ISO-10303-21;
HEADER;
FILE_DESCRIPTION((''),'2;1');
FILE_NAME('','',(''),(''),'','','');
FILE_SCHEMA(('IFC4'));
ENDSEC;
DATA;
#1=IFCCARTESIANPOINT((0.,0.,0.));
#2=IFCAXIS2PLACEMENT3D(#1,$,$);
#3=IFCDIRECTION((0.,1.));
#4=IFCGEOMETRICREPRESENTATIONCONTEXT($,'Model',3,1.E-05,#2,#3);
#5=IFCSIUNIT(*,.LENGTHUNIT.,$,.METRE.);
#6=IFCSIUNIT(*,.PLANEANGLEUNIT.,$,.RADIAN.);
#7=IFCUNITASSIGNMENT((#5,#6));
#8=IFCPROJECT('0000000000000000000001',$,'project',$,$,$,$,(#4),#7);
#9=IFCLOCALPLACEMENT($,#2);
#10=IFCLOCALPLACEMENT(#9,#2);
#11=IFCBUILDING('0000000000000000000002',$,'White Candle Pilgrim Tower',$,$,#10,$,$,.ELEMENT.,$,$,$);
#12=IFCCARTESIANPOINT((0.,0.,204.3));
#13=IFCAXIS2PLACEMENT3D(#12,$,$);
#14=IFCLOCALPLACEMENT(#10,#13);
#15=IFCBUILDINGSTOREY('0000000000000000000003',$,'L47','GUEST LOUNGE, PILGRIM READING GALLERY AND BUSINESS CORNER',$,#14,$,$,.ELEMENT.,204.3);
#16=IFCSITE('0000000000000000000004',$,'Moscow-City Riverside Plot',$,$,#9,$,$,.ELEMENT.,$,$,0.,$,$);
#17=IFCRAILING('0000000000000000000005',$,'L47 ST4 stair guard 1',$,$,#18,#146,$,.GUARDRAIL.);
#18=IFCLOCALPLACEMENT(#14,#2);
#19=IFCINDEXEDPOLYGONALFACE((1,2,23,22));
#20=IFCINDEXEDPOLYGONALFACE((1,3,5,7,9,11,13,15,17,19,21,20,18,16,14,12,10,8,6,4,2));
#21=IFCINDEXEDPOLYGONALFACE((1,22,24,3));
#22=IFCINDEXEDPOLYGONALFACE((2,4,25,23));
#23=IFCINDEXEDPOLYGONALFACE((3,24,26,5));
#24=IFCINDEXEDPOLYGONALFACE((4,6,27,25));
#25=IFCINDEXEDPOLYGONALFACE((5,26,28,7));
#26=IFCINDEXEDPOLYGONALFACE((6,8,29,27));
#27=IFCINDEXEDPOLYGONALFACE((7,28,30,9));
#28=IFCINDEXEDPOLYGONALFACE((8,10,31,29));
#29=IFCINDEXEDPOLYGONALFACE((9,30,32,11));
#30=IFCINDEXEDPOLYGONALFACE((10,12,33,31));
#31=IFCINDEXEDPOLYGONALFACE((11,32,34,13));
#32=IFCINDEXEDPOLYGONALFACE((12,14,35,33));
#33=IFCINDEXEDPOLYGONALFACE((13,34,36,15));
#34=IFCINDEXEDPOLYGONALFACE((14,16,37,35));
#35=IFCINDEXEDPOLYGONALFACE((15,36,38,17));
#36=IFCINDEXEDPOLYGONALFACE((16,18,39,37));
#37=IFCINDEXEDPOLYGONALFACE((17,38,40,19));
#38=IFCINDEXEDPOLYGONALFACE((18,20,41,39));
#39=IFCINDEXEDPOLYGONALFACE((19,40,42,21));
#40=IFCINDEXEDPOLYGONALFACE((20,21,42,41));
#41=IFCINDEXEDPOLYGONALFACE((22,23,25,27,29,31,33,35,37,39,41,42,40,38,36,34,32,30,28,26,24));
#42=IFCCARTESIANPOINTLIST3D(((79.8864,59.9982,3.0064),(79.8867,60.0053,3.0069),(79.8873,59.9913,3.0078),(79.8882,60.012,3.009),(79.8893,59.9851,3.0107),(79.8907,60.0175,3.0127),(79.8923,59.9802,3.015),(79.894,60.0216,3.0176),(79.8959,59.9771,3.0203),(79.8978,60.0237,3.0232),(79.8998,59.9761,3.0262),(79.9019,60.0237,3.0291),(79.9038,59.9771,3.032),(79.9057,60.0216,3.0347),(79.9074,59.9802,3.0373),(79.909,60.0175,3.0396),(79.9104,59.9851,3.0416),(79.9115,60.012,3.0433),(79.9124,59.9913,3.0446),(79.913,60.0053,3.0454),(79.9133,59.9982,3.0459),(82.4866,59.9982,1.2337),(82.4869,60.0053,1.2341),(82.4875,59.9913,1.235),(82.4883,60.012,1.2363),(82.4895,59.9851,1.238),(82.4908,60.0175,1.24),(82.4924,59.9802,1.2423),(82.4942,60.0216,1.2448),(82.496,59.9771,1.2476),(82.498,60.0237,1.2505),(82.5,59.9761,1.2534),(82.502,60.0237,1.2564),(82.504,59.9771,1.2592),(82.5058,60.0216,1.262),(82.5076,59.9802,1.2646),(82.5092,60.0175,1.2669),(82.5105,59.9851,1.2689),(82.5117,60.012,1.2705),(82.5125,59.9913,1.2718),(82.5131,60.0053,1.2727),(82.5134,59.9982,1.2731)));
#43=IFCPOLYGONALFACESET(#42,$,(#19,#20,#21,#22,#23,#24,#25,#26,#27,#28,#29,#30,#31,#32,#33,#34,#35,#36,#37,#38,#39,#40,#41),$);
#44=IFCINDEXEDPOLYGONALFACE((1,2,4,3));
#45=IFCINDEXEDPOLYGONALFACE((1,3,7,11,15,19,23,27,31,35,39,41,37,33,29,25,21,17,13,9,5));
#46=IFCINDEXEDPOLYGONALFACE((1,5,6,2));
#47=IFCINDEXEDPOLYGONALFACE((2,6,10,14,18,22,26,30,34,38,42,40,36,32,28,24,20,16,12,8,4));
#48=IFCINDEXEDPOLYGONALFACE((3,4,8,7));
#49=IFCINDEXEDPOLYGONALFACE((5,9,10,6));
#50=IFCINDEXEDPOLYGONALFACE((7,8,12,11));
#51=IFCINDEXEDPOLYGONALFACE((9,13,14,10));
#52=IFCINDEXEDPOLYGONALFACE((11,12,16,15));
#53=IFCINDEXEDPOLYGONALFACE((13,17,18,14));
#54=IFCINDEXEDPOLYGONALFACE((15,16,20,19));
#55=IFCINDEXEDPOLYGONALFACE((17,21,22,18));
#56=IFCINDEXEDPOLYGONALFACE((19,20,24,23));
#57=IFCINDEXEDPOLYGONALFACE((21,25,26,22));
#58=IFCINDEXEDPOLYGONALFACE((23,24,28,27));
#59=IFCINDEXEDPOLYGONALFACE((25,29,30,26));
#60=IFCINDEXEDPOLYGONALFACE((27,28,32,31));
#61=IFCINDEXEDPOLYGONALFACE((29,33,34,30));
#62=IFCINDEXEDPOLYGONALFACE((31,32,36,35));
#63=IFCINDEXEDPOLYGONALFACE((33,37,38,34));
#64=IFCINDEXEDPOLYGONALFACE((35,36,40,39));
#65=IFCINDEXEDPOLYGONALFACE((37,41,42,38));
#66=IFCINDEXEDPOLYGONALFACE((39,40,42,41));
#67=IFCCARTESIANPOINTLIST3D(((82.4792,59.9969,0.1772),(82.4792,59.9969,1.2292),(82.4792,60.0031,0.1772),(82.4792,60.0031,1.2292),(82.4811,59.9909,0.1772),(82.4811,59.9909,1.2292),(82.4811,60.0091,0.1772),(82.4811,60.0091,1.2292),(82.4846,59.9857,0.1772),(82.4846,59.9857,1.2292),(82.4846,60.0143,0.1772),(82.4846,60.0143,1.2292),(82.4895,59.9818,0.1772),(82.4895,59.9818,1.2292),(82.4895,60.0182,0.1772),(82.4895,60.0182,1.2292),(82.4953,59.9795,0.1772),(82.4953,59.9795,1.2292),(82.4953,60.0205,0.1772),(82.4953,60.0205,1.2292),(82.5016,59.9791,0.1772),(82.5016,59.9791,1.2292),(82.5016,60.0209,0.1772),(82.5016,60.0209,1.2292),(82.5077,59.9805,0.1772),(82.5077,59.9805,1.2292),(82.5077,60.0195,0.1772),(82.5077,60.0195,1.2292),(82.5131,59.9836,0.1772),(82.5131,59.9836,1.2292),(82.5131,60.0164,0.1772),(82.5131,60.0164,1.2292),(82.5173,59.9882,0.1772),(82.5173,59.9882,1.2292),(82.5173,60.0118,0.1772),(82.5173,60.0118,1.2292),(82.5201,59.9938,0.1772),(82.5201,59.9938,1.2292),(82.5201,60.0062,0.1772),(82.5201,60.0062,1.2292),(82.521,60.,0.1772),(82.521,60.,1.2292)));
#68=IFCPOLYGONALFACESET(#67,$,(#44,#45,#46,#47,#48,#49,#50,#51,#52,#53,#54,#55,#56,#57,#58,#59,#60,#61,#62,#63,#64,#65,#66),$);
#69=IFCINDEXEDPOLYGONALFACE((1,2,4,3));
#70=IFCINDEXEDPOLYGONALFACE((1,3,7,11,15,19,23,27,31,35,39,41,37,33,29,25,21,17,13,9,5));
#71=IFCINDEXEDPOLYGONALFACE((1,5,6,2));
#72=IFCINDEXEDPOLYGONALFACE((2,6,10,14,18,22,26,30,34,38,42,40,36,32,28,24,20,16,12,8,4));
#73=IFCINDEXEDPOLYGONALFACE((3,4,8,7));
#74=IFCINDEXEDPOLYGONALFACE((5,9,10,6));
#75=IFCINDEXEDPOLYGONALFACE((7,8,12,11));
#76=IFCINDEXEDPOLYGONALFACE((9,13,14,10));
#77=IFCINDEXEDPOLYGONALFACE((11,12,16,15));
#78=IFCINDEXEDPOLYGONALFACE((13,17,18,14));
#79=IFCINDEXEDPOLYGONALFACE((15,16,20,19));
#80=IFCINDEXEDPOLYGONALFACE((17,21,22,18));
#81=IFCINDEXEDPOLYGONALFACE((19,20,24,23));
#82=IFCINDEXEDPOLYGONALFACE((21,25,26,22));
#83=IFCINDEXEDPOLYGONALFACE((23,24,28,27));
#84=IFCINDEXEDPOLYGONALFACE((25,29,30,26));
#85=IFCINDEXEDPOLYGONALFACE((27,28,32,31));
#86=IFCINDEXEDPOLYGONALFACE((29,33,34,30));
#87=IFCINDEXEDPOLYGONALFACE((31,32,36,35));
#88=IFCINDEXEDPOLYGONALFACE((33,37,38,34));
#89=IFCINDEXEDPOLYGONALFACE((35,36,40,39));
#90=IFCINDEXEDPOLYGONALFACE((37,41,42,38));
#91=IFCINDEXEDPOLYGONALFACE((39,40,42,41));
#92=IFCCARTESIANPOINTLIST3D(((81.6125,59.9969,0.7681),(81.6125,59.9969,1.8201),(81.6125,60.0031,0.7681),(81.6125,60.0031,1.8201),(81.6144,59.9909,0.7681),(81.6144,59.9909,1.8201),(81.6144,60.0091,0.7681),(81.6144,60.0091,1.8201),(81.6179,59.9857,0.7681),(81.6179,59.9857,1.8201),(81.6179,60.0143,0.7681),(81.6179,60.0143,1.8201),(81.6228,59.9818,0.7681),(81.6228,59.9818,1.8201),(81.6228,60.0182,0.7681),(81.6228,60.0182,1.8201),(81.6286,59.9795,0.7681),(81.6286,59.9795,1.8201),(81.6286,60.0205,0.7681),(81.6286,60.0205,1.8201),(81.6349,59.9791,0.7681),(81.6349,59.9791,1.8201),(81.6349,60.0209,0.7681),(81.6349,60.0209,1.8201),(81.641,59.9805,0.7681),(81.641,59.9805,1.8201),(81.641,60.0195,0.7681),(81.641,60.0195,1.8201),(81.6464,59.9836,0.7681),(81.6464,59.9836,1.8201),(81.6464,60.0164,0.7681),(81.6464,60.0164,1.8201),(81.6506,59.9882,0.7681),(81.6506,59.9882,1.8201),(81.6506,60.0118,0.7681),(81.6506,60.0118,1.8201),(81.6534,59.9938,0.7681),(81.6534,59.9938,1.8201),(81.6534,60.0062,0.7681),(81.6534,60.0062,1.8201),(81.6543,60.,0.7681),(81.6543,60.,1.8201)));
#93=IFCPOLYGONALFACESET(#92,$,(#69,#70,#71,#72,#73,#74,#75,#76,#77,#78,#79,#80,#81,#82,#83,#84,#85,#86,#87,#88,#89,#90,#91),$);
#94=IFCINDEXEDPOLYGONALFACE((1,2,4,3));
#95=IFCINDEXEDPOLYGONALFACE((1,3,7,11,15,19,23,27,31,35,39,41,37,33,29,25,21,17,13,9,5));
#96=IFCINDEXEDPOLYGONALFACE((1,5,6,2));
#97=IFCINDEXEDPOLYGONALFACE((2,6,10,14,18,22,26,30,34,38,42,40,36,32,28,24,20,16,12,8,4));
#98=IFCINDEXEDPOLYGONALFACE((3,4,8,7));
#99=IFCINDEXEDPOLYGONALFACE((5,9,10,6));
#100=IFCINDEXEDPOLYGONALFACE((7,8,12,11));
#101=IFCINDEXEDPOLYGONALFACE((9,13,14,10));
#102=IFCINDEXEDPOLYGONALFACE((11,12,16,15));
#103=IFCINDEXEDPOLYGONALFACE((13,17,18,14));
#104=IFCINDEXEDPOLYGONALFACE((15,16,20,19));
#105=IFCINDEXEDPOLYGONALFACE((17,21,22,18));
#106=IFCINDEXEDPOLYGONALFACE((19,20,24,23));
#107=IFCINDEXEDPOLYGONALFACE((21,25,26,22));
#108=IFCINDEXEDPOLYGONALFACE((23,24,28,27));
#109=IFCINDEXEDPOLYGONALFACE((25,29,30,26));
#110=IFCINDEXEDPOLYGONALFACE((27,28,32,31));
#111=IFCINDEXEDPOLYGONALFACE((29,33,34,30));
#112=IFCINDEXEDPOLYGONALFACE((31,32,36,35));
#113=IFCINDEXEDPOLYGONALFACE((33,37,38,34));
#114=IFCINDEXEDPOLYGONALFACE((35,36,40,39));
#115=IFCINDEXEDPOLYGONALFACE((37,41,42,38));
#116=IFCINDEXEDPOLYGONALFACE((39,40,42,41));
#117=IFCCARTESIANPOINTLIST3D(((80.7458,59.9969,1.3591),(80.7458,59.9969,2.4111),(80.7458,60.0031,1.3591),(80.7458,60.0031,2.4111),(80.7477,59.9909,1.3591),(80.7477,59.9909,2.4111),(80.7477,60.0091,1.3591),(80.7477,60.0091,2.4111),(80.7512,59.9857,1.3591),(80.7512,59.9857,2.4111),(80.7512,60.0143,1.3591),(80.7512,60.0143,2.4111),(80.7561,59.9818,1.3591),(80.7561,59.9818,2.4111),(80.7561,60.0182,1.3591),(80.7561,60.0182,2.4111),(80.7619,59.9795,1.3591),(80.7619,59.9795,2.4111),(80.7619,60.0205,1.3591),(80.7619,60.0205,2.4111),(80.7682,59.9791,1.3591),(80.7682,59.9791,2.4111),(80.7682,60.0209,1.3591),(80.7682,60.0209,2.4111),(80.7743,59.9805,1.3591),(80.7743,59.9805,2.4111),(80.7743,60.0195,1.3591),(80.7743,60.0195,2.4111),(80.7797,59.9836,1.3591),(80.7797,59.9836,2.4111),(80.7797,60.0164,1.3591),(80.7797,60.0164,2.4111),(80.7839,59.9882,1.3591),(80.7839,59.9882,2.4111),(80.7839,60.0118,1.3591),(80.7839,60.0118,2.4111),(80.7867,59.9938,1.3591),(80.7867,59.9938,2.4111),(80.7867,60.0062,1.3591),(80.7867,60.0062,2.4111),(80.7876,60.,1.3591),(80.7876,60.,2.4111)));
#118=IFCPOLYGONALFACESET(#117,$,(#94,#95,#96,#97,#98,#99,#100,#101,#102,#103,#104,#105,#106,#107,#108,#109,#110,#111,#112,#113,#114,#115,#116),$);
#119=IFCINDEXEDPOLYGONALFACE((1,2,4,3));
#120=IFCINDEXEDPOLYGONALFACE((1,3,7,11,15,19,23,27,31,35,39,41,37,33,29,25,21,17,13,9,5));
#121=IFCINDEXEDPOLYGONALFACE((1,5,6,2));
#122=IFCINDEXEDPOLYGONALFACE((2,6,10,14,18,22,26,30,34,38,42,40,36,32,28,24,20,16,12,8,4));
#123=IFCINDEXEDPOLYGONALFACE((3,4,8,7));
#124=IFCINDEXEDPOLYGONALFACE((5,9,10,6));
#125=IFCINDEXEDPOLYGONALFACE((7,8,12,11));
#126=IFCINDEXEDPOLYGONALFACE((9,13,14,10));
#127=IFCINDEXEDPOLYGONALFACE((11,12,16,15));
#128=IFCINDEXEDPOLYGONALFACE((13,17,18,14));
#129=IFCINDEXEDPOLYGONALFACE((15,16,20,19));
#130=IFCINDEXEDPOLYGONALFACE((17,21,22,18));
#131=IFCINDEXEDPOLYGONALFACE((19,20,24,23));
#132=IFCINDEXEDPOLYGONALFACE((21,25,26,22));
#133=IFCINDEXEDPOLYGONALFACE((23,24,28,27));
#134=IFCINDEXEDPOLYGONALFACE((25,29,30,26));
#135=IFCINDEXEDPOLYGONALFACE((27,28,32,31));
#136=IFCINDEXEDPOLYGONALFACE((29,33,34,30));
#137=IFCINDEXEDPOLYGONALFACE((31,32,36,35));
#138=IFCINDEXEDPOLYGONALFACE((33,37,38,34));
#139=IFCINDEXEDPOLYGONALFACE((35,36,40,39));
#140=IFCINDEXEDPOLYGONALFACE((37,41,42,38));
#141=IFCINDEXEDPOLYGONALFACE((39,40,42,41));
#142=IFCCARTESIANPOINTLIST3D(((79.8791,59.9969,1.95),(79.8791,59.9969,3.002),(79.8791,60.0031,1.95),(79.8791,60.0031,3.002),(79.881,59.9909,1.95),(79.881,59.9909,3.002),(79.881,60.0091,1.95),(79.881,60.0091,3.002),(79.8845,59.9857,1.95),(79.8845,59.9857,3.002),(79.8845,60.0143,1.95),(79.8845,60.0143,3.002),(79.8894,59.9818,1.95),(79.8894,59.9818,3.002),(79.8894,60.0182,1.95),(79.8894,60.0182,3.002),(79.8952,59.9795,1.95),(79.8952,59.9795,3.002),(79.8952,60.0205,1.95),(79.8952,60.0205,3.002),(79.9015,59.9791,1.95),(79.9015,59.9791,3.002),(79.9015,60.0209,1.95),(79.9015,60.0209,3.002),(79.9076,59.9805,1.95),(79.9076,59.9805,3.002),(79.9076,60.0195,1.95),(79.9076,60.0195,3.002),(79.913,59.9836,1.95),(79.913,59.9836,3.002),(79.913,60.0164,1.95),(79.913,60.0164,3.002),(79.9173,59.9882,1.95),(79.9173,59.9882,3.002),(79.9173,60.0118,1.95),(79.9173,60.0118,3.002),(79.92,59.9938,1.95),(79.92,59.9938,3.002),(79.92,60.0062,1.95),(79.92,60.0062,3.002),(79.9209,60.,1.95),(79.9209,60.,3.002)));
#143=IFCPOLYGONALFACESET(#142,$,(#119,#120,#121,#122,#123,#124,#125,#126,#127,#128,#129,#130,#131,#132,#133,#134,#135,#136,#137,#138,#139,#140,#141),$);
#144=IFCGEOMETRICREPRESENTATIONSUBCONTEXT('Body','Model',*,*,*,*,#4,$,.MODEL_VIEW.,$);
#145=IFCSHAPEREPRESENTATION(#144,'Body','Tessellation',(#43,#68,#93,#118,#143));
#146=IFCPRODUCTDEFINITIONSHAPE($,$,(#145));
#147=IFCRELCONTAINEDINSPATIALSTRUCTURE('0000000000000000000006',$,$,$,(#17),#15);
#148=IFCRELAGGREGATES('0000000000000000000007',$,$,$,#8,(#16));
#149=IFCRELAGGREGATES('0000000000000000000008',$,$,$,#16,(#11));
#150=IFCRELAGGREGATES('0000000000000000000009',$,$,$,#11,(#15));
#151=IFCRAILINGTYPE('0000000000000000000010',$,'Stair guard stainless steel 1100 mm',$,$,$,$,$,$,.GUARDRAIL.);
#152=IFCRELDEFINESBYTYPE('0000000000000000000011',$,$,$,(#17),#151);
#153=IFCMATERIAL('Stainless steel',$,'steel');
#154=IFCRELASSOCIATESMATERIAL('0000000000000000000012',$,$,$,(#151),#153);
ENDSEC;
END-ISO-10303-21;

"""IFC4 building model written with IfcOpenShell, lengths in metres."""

from ifc_helpers import new_model, si_unit, direction, frame, origin, origin_2d, place, context, subcontext, project, spatial, circle, extrude, material, type_object, element, save


model = new_model("IFC4")

# Units and contexts
model_context = context("Model", 3, precision=1e-05, world=origin(), true_north=direction((0.0, 1.0)))
body_context = subcontext(model_context, "Body", "Model", "MODEL_VIEW")
ifc_project = project(units=[si_unit("LENGTHUNIT", "METRE"), si_unit("PLANEANGLEUNIT", "RADIAN")], contexts=[model_context])

# Site, building, storey
site_placement = place(None, origin())
site = spatial("IfcSite", under=ifc_project, at=site_placement, Name="Moscow-City Riverside Plot", CompositionType="ELEMENT", RefElevation=0.0)
building_placement = place(site_placement, origin())
building = spatial("IfcBuilding", under=site, at=building_placement, Name="White Candle Pilgrim Tower", CompositionType="ELEMENT")
storey_placement = place(building_placement, frame((0.0, 0.0, 204.3)))
storey = spatial("IfcBuildingStorey", under=building, at=storey_placement, Name="L47", Description="GUEST LOUNGE, PILGRIM READING GALLERY AND BUSINESS CORNER", CompositionType="ELEMENT", Elevation=204.3)

# Railing
ifc_material_1 = material(Name="Stainless steel", Category="steel")
railing_type_1 = type_object("IfcRailingType", Name="Stair guard stainless steel 1100 mm", PredefinedType="GUARDRAIL", material=ifc_material_1)
railing_1_placement = place(storey_placement, frame((82.5, 60.0, 0.1772)))
element("IfcRailing", 1, at=railing_1_placement, inside=storey, type_object=railing_type_1, Name="L47 ST4 stair guard 1", PredefinedType="GUARDRAIL", context=body_context, shape_type="SweptSolid", body=[
    extrude(circle(Radius=0.0239, at=origin_2d()), frame((0.0, 0.0, 1.0762), z_axis=(-0.82624, 0.0, 0.563318), x_axis=(0.0, -1.0, 0.0)), (0.0, 0.0, 1.0), 3.147),
    extrude(circle(Radius=0.021, at=origin_2d()), origin(), (0.0, 0.0, 1.0), 1.052),
    extrude(circle(Radius=0.021, at=origin_2d()), frame((-0.8667, 0.0, 0.5908)), (0.0, 0.0, 1.0), 1.052),
    extrude(circle(Radius=0.021, at=origin_2d()), frame((-1.7334, 0.0, 1.1819)), (0.0, 0.0, 1.0), 1.052),
    extrude(circle(Radius=0.021, at=origin_2d()), frame((-2.6001, 0.0, 1.7727)), (0.0, 0.0, 1.0), 1.052),
])

save(model, "model.ifc")
